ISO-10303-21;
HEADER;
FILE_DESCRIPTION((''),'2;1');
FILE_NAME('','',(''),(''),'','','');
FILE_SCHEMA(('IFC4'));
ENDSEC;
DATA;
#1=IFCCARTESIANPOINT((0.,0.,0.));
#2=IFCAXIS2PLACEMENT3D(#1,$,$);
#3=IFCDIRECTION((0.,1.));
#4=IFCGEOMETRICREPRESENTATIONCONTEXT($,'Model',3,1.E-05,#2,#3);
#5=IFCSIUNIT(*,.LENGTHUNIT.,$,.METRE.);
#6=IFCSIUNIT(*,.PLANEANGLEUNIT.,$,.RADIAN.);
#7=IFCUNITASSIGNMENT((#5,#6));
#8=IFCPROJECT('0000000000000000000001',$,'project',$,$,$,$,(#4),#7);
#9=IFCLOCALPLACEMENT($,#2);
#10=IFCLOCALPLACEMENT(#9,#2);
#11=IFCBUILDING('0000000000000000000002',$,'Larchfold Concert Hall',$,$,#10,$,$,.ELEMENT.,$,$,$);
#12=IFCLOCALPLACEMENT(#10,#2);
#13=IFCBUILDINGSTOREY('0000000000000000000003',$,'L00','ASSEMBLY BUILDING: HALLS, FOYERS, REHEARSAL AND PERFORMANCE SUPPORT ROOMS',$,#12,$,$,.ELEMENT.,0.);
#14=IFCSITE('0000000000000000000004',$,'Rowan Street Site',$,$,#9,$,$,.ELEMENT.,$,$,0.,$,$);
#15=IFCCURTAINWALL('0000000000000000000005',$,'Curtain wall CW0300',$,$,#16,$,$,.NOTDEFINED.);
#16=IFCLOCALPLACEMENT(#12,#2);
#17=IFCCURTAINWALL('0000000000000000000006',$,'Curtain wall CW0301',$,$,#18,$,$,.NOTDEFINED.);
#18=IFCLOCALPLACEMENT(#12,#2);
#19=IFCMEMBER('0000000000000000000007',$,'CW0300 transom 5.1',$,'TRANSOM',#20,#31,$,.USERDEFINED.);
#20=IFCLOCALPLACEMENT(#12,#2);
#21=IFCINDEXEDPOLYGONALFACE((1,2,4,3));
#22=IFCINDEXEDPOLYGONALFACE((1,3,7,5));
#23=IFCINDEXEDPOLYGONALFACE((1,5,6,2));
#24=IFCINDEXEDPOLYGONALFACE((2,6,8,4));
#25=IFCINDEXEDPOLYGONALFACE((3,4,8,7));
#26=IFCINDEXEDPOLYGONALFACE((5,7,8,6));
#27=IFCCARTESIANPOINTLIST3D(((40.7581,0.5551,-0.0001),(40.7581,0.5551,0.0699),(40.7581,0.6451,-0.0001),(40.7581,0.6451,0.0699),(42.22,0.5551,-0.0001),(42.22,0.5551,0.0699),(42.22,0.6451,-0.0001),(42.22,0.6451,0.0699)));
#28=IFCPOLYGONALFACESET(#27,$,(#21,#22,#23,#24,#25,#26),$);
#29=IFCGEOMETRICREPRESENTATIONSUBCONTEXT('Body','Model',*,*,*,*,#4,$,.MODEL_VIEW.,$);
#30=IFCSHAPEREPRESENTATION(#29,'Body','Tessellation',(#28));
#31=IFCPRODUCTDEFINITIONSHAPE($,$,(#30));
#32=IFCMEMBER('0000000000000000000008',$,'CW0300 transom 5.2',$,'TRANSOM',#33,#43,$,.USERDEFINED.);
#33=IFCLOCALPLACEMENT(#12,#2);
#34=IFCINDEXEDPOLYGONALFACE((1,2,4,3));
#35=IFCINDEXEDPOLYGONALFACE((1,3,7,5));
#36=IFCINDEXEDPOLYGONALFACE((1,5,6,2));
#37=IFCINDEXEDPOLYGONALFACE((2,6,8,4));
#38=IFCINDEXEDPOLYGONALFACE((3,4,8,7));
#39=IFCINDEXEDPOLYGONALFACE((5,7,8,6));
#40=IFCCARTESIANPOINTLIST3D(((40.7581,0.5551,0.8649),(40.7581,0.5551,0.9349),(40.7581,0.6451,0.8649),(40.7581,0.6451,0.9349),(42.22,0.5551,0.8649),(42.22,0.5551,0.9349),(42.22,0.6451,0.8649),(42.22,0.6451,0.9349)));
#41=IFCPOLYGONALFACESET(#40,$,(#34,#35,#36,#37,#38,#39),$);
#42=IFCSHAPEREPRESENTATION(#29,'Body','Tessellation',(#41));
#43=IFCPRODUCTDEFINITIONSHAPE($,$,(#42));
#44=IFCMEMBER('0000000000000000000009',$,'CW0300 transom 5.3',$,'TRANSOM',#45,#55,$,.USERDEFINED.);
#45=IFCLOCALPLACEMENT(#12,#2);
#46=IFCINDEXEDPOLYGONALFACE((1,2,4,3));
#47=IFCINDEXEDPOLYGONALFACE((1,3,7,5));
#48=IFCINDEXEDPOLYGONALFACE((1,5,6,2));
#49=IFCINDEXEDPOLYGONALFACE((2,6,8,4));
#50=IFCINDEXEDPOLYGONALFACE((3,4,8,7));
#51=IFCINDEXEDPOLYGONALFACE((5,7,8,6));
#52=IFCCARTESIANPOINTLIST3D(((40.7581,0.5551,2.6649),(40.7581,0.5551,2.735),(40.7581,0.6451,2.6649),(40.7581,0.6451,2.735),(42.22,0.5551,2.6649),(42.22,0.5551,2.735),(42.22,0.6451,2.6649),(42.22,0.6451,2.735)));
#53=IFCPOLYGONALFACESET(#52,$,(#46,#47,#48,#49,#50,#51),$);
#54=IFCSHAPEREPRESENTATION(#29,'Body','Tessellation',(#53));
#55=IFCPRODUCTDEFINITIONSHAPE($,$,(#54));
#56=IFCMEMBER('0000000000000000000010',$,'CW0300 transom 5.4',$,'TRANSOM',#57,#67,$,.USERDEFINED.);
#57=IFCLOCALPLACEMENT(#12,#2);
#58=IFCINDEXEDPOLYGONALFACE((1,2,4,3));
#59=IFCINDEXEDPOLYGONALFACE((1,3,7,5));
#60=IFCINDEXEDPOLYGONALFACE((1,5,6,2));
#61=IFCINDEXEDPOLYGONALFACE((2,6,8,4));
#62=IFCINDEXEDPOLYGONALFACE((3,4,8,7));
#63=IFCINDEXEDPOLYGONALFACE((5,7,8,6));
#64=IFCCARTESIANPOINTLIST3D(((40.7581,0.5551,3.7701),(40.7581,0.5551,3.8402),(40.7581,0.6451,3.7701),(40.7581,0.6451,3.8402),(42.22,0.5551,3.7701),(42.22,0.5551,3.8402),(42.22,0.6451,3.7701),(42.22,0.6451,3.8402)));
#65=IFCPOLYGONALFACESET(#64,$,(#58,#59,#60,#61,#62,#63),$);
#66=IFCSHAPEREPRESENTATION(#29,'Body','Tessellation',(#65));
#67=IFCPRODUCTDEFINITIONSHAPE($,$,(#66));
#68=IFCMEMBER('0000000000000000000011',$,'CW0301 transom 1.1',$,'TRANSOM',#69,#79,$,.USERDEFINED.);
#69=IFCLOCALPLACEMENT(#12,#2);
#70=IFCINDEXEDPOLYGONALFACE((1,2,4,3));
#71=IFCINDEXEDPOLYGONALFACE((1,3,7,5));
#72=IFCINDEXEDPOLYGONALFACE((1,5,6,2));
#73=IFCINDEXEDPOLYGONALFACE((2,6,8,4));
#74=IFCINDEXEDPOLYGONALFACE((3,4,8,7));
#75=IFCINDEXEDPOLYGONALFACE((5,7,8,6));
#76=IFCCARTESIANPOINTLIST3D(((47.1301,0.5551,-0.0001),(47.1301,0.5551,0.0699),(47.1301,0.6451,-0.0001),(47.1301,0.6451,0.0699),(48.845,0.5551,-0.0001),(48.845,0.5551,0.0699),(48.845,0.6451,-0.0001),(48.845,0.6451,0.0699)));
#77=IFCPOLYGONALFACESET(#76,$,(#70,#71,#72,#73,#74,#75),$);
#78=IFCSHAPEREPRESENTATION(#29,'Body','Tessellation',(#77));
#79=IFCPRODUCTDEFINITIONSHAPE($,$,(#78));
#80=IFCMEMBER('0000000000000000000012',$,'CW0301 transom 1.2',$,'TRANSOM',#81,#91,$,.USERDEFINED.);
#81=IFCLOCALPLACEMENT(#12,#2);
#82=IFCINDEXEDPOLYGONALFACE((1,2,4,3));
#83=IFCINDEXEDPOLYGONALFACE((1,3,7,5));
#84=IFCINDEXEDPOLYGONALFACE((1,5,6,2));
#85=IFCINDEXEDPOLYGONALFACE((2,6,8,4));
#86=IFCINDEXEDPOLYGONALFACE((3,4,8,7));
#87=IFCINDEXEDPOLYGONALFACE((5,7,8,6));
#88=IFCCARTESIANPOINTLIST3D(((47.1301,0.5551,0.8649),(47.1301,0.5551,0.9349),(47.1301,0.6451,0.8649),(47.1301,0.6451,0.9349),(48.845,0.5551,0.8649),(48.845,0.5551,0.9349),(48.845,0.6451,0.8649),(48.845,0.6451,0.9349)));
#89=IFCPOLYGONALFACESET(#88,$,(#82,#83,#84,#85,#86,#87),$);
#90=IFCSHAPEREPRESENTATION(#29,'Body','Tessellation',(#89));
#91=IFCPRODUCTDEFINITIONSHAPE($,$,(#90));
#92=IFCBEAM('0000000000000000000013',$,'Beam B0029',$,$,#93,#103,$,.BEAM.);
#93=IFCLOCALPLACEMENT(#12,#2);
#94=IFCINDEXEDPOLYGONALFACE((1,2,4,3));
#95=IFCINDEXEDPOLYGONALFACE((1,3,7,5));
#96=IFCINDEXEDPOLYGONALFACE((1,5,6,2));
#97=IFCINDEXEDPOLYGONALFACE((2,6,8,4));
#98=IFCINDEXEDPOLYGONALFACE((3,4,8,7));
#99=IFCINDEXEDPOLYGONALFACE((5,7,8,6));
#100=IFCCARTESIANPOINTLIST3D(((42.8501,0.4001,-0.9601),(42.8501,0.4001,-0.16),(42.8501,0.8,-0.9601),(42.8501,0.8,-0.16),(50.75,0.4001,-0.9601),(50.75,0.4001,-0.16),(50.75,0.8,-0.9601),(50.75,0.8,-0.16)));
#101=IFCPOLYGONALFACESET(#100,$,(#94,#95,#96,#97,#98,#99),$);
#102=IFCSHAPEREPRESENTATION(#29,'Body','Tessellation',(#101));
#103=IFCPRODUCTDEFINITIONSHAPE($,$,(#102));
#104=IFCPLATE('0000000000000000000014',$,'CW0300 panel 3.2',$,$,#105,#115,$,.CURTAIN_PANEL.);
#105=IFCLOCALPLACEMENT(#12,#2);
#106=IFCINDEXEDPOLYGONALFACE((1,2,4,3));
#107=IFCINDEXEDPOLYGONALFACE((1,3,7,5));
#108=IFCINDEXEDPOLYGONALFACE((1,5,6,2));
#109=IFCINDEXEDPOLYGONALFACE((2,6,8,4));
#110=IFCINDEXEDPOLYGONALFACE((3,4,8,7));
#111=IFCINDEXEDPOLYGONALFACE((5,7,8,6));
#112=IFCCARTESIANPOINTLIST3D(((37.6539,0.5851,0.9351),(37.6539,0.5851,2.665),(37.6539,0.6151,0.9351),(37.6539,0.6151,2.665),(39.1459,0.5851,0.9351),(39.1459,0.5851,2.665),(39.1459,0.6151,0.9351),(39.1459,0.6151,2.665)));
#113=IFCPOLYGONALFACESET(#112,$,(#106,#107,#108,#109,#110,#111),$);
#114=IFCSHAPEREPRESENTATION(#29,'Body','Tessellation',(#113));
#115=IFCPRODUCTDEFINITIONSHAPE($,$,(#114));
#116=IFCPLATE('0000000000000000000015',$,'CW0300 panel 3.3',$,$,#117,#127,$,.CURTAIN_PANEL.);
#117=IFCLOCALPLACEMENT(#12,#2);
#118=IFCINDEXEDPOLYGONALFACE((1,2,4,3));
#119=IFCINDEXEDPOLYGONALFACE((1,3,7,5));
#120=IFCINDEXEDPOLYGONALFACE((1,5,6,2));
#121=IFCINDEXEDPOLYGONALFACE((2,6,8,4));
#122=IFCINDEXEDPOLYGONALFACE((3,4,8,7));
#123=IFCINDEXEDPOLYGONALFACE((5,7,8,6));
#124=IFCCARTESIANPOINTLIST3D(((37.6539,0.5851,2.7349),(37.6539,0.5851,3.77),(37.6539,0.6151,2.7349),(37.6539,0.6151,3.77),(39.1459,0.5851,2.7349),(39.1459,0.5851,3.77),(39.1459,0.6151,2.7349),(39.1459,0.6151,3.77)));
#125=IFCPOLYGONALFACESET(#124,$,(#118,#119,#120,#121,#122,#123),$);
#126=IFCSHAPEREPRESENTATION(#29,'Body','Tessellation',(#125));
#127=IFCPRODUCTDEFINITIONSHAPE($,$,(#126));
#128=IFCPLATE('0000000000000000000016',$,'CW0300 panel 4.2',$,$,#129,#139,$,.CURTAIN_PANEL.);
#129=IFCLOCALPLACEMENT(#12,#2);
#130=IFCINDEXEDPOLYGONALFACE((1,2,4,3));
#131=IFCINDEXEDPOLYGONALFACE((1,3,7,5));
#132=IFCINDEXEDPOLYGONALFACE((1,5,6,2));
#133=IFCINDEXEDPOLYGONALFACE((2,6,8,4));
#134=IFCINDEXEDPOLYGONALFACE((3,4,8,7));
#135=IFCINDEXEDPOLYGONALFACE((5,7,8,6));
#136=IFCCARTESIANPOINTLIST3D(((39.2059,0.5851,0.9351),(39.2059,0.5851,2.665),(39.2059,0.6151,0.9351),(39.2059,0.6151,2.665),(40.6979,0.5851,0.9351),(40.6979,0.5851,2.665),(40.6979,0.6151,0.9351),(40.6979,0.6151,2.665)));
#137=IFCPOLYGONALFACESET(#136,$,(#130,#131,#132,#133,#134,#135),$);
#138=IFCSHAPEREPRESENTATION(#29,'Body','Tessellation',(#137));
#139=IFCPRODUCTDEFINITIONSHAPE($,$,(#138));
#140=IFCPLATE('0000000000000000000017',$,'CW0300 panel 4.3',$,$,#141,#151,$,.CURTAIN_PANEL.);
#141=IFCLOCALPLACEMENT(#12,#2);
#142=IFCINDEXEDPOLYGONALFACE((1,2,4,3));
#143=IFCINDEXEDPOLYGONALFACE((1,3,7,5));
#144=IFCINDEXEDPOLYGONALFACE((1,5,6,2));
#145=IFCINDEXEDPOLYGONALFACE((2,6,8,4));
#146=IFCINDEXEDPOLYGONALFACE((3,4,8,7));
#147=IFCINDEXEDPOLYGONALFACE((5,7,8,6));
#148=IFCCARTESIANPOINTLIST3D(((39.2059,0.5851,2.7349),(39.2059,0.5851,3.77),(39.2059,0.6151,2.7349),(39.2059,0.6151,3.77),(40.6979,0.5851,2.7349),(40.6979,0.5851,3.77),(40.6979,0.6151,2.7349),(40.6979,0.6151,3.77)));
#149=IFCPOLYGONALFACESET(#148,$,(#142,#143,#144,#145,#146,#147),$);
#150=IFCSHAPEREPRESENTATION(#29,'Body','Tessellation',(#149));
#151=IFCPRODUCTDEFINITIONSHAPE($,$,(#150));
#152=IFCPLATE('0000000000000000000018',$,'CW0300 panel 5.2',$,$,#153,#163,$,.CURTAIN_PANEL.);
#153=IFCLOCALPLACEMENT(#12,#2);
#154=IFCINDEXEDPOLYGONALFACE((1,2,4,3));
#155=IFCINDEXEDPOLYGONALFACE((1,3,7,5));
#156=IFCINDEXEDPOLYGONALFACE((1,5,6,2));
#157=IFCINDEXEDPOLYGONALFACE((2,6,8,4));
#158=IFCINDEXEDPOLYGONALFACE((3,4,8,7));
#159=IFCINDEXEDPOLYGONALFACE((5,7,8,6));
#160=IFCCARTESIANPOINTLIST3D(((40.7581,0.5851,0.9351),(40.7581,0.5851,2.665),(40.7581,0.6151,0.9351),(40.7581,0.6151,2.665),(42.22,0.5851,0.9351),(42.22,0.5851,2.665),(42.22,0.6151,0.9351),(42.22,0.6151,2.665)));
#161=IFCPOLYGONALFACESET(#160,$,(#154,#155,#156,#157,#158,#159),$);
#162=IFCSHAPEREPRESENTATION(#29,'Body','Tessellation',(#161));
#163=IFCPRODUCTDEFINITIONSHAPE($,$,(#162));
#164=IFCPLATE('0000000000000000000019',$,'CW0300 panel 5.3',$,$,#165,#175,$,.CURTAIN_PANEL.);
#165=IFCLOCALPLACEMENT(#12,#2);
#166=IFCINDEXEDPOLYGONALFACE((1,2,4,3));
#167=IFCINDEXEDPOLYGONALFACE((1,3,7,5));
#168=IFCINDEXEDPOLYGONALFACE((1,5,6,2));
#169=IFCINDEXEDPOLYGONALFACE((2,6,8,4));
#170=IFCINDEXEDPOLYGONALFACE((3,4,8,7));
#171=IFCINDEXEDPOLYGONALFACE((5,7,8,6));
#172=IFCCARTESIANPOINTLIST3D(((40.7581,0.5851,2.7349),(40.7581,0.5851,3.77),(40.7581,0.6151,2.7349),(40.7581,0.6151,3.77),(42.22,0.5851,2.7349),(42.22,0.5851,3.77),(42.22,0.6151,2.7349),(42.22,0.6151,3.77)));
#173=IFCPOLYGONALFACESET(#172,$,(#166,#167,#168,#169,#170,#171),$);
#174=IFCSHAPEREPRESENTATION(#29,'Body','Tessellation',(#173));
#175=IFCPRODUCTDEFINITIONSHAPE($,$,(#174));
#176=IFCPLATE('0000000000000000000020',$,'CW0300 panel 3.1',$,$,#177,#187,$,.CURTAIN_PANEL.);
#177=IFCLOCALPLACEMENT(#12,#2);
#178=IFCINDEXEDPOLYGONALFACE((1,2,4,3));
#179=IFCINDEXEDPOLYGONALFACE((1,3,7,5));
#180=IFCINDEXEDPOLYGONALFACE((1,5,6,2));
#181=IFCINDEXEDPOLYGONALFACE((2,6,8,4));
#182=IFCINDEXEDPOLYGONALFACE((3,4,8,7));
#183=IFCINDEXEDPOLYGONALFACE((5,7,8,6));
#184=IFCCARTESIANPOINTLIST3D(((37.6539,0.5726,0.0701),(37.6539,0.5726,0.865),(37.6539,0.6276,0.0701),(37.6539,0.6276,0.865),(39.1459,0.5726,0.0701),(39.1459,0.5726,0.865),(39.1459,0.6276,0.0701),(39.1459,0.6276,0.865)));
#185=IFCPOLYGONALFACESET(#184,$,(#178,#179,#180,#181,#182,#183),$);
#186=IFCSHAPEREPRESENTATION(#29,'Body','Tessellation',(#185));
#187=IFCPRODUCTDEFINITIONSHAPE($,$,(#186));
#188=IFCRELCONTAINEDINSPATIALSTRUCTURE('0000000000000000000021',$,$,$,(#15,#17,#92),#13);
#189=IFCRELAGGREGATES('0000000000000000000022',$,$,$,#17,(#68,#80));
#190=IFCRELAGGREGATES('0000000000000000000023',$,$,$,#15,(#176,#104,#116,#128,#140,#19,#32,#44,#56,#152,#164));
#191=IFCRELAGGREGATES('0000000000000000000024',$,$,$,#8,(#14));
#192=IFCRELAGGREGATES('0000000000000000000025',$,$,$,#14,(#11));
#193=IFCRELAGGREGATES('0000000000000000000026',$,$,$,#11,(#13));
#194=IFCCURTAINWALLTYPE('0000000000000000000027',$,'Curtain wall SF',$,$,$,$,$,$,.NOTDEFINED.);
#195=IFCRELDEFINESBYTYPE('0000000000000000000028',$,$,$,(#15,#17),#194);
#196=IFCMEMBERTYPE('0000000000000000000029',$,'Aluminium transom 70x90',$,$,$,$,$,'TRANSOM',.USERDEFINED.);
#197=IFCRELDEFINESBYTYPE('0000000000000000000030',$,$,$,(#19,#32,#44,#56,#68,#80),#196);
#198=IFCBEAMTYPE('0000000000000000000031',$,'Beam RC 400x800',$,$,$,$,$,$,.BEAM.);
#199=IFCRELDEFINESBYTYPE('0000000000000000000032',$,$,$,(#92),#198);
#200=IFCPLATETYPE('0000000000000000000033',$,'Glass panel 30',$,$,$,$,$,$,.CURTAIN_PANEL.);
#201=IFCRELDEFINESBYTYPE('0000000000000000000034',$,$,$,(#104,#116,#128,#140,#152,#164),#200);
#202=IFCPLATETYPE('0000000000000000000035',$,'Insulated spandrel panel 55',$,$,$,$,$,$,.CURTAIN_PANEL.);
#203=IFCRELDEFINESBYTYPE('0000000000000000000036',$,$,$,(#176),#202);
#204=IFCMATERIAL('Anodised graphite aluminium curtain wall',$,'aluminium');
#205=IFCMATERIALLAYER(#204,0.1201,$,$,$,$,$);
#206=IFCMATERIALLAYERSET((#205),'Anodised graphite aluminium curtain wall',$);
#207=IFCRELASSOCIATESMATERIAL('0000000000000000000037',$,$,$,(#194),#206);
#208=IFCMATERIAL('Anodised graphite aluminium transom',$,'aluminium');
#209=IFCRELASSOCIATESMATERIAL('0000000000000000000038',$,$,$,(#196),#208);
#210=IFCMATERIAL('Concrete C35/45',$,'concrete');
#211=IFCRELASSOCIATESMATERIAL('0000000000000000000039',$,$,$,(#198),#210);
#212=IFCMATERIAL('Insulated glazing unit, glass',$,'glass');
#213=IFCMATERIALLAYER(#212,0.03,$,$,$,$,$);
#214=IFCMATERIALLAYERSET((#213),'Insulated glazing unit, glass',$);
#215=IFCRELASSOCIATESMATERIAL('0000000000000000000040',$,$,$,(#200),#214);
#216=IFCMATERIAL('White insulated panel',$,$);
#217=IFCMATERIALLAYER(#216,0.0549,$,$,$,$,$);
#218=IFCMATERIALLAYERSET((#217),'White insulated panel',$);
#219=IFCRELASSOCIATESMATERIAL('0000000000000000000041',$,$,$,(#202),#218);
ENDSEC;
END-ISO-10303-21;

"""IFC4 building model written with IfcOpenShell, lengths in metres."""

from ifc_helpers import new_model, si_unit, direction, frame, origin, origin_2d, place, context, subcontext, project, spatial, rectangle, extrude, material, layer, layer_set, material_profile, profile_set, type_object, element, aggregate, save


model = new_model("IFC4")

# Units and contexts
model_context = context("Model", 3, precision=1e-05, world=origin(), true_north=direction((0.0, 1.0)))
body_context = subcontext(model_context, "Body", "Model", "MODEL_VIEW")
ifc_project = project(units=[si_unit("LENGTHUNIT", "METRE"), si_unit("PLANEANGLEUNIT", "RADIAN")], contexts=[model_context])

# Site, building, storey
site_placement = place(None, origin())
site = spatial("IfcSite", under=ifc_project, at=site_placement, Name="Rowan Street Site", CompositionType="ELEMENT", RefElevation=0.0)
building_placement = place(site_placement, origin())
building = spatial("IfcBuilding", under=site, at=building_placement, Name="Larchfold Concert Hall", CompositionType="ELEMENT")
storey_placement = place(building_placement, origin())
storey = spatial("IfcBuildingStorey", under=building, at=storey_placement, Name="L00", Description="ASSEMBLY BUILDING: HALLS, FOYERS, REHEARSAL AND PERFORMANCE SUPPORT ROOMS", CompositionType="ELEMENT", Elevation=0.0)

# Curtain wall
ifc_material_1 = material(Name="Anodised graphite aluminium curtain wall", Category="aluminium")
ifc_layer_1 = layer(ifc_material_1, 0.1201)
ifc_layer_set_1 = layer_set([ifc_layer_1], Name="Anodised graphite aluminium curtain wall")
curtain_wall_type = type_object("IfcCurtainWallType", Name="Curtain wall SF", PredefinedType="NOTDEFINED", material=ifc_layer_set_1)
curtain_wall_1_placement = place(storey_placement, origin())
curtain_wall_1 = element("IfcCurtainWall", 1, at=curtain_wall_1_placement, inside=storey, type_object=curtain_wall_type, Name="Curtain wall CW0300", PredefinedType="NOTDEFINED")

# Curtain wall
curtain_wall_2_placement = place(storey_placement, origin())
curtain_wall_2 = element("IfcCurtainWall", 2, at=curtain_wall_2_placement, inside=storey, type_object=curtain_wall_type, Name="Curtain wall CW0301", PredefinedType="NOTDEFINED")

# Members
ifc_material_2 = material(Name="Anodised graphite aluminium transom", Category="aluminium")
ifc_material_profile_1 = material_profile(ifc_material_2, rectangle(XDim=0.0901, YDim=0.0701, at=origin_2d()))
ifc_profile_set_1 = profile_set([ifc_material_profile_1], Name="Anodised graphite aluminium transom")
member_type_1 = type_object("IfcMemberType", Name="Aluminium transom 70x90", ElementType="TRANSOM", PredefinedType="USERDEFINED", material=ifc_profile_set_1)
member_1_placement = place(storey_placement, frame((40.7581, 0.6001, 0.0349), z_axis=(1.0, 0.0, 0.0), x_axis=(0.0, 1.0, 0.0)))
member_1 = element("IfcMember", 3, at=member_1_placement, type_object=member_type_1, Name="CW0300 transom 5.1", ObjectType="TRANSOM", PredefinedType="USERDEFINED", context=body_context, shape_type="SweptSolid", body=[
    extrude(rectangle(XDim=0.0901, YDim=0.0701, at=origin_2d()), origin(), (0.0, 0.0, 1.0), 1.4619),
])
member_2_placement = place(storey_placement, frame((40.7581, 0.6001, 0.8999), z_axis=(1.0, 0.0, 0.0), x_axis=(0.0, 1.0, 0.0)))
member_2 = element("IfcMember", 4, at=member_2_placement, type_object=member_type_1, Name="CW0300 transom 5.2", ObjectType="TRANSOM", PredefinedType="USERDEFINED", context=body_context, shape_type="SweptSolid", body=[
    extrude(rectangle(XDim=0.0901, YDim=0.0701, at=origin_2d()), origin(), (0.0, 0.0, 1.0), 1.4619),
])
member_3_placement = place(storey_placement, frame((40.7581, 0.6001, 2.7), z_axis=(1.0, 0.0, 0.0), x_axis=(0.0, 1.0, 0.0)))
member_3 = element("IfcMember", 5, at=member_3_placement, type_object=member_type_1, Name="CW0300 transom 5.3", ObjectType="TRANSOM", PredefinedType="USERDEFINED", context=body_context, shape_type="SweptSolid", body=[
    extrude(rectangle(XDim=0.0901, YDim=0.0701, at=origin_2d()), origin(), (0.0, 0.0, 1.0), 1.4619),
])
member_4_placement = place(storey_placement, frame((40.7581, 0.6001, 3.8052), z_axis=(1.0, 0.0, 0.0), x_axis=(0.0, 1.0, 0.0)))
member_4 = element("IfcMember", 6, at=member_4_placement, type_object=member_type_1, Name="CW0300 transom 5.4", ObjectType="TRANSOM", PredefinedType="USERDEFINED", context=body_context, shape_type="SweptSolid", body=[
    extrude(rectangle(XDim=0.0901, YDim=0.0701, at=origin_2d()), origin(), (0.0, 0.0, 1.0), 1.4619),
])
member_5_placement = place(storey_placement, frame((47.1301, 0.6001, 0.0349), z_axis=(1.0, 0.0, 0.0), x_axis=(0.0, 1.0, 0.0)))
member_5 = element("IfcMember", 7, at=member_5_placement, type_object=member_type_1, Name="CW0301 transom 1.1", ObjectType="TRANSOM", PredefinedType="USERDEFINED", context=body_context, shape_type="SweptSolid", body=[
    extrude(rectangle(XDim=0.0901, YDim=0.0701, at=origin_2d()), origin(), (0.0, 0.0, 1.0), 1.7148),
])
member_6_placement = place(storey_placement, frame((47.1301, 0.6001, 0.8999), z_axis=(1.0, 0.0, 0.0), x_axis=(0.0, 1.0, 0.0)))
member_6 = element("IfcMember", 8, at=member_6_placement, type_object=member_type_1, Name="CW0301 transom 1.2", ObjectType="TRANSOM", PredefinedType="USERDEFINED", context=body_context, shape_type="SweptSolid", body=[
    extrude(rectangle(XDim=0.0901, YDim=0.0701, at=origin_2d()), origin(), (0.0, 0.0, 1.0), 1.7148),
])
aggregate(curtain_wall_2, [member_5, member_6])

# Beam
ifc_material_3 = material(Name="Concrete C35/45", Category="concrete")
ifc_material_profile_2 = material_profile(ifc_material_3, rectangle(XDim=0.3999, YDim=0.8, at=origin_2d()))
ifc_profile_set_2 = profile_set([ifc_material_profile_2], Name="Concrete C35/45")
beam_type = type_object("IfcBeamType", Name="Beam RC 400x800", PredefinedType="BEAM", material=ifc_profile_set_2)
beam_placement = place(storey_placement, frame((42.8501, 0.6001, -0.5601), z_axis=(1.0, 0.0, 0.0), x_axis=(0.0, 1.0, 0.0)))
element("IfcBeam", 9, at=beam_placement, inside=storey, type_object=beam_type, Name="Beam B0029", PredefinedType="BEAM", context=body_context, shape_type="SweptSolid", body=[
    extrude(rectangle(XDim=0.3999, YDim=0.8, at=origin_2d()), origin(), (0.0, 0.0, 1.0), 7.8999),
])

# Plates
ifc_material_4 = material(Name="Insulated glazing unit, glass", Category="glass")
ifc_layer_2 = layer(ifc_material_4, 0.03)
ifc_layer_set_2 = layer_set([ifc_layer_2], Name="Insulated glazing unit, glass")
plate_type_1 = type_object("IfcPlateType", Name="Glass panel 30", PredefinedType="CURTAIN_PANEL", material=ifc_layer_set_2)
plate_1_placement = place(storey_placement, frame((38.3999, 0.6001, 0.9351), z_axis=(0.0, 0.0, 1.0), x_axis=(1.0, 0.0, 0.0)))
plate_1 = element("IfcPlate", 10, at=plate_1_placement, type_object=plate_type_1, Name="CW0300 panel 3.2", PredefinedType="CURTAIN_PANEL", context=body_context, shape_type="SweptSolid", body=[
    extrude(rectangle(XDim=1.4919, YDim=0.03, at=origin_2d()), origin(), (0.0, 0.0, 1.0), 1.73),
])
plate_2_placement = place(storey_placement, frame((38.3999, 0.6001, 2.7349), z_axis=(0.0, 0.0, 1.0), x_axis=(1.0, 0.0, 0.0)))
plate_2 = element("IfcPlate", 11, at=plate_2_placement, type_object=plate_type_1, Name="CW0300 panel 3.3", PredefinedType="CURTAIN_PANEL", context=body_context, shape_type="SweptSolid", body=[
    extrude(rectangle(XDim=1.4919, YDim=0.03, at=origin_2d()), origin(), (0.0, 0.0, 1.0), 1.0352),
])
plate_3_placement = place(storey_placement, frame((39.9519, 0.6001, 0.9351), z_axis=(0.0, 0.0, 1.0), x_axis=(1.0, 0.0, 0.0)))
plate_3 = element("IfcPlate", 12, at=plate_3_placement, type_object=plate_type_1, Name="CW0300 panel 4.2", PredefinedType="CURTAIN_PANEL", context=body_context, shape_type="SweptSolid", body=[
    extrude(rectangle(XDim=1.4919, YDim=0.03, at=origin_2d()), origin(), (0.0, 0.0, 1.0), 1.73),
])
plate_4_placement = place(storey_placement, frame((39.9519, 0.6001, 2.7349), z_axis=(0.0, 0.0, 1.0), x_axis=(1.0, 0.0, 0.0)))
plate_4 = element("IfcPlate", 13, at=plate_4_placement, type_object=plate_type_1, Name="CW0300 panel 4.3", PredefinedType="CURTAIN_PANEL", context=body_context, shape_type="SweptSolid", body=[
    extrude(rectangle(XDim=1.4919, YDim=0.03, at=origin_2d()), origin(), (0.0, 0.0, 1.0), 1.0352),
])
plate_5_placement = place(storey_placement, frame((41.489, 0.6001, 0.9351), z_axis=(0.0, 0.0, 1.0), x_axis=(1.0, 0.0, 0.0)))
plate_5 = element("IfcPlate", 14, at=plate_5_placement, type_object=plate_type_1, Name="CW0300 panel 5.2", PredefinedType="CURTAIN_PANEL", context=body_context, shape_type="SweptSolid", body=[
    extrude(rectangle(XDim=1.4619, YDim=0.03, at=origin_2d()), origin(), (0.0, 0.0, 1.0), 1.73),
])
plate_6_placement = place(storey_placement, frame((41.489, 0.6001, 2.7349), z_axis=(0.0, 0.0, 1.0), x_axis=(1.0, 0.0, 0.0)))
plate_6 = element("IfcPlate", 15, at=plate_6_placement, type_object=plate_type_1, Name="CW0300 panel 5.3", PredefinedType="CURTAIN_PANEL", context=body_context, shape_type="SweptSolid", body=[
    extrude(rectangle(XDim=1.4619, YDim=0.03, at=origin_2d()), origin(), (0.0, 0.0, 1.0), 1.0352),
])
ifc_material_5 = material(Name="White insulated panel")
ifc_layer_3 = layer(ifc_material_5, 0.0549)
ifc_layer_set_3 = layer_set([ifc_layer_3], Name="White insulated panel")
plate_type_2 = type_object("IfcPlateType", Name="Insulated spandrel panel 55", PredefinedType="CURTAIN_PANEL", material=ifc_layer_set_3)
plate_7_placement = place(storey_placement, frame((38.3999, 0.6001, 0.0701), z_axis=(0.0, 0.0, 1.0), x_axis=(1.0, 0.0, 0.0)))
plate_7 = element("IfcPlate", 16, at=plate_7_placement, type_object=plate_type_2, Name="CW0300 panel 3.1", PredefinedType="CURTAIN_PANEL", context=body_context, shape_type="SweptSolid", body=[
    extrude(rectangle(XDim=1.4919, YDim=0.0549, at=origin_2d()), origin(), (0.0, 0.0, 1.0), 0.7949),
])
aggregate(curtain_wall_1, [plate_7, plate_1, plate_2, plate_3, plate_4, member_1, member_2, member_3, member_4, plate_5, plate_6])

save(model, "model.ifc")
